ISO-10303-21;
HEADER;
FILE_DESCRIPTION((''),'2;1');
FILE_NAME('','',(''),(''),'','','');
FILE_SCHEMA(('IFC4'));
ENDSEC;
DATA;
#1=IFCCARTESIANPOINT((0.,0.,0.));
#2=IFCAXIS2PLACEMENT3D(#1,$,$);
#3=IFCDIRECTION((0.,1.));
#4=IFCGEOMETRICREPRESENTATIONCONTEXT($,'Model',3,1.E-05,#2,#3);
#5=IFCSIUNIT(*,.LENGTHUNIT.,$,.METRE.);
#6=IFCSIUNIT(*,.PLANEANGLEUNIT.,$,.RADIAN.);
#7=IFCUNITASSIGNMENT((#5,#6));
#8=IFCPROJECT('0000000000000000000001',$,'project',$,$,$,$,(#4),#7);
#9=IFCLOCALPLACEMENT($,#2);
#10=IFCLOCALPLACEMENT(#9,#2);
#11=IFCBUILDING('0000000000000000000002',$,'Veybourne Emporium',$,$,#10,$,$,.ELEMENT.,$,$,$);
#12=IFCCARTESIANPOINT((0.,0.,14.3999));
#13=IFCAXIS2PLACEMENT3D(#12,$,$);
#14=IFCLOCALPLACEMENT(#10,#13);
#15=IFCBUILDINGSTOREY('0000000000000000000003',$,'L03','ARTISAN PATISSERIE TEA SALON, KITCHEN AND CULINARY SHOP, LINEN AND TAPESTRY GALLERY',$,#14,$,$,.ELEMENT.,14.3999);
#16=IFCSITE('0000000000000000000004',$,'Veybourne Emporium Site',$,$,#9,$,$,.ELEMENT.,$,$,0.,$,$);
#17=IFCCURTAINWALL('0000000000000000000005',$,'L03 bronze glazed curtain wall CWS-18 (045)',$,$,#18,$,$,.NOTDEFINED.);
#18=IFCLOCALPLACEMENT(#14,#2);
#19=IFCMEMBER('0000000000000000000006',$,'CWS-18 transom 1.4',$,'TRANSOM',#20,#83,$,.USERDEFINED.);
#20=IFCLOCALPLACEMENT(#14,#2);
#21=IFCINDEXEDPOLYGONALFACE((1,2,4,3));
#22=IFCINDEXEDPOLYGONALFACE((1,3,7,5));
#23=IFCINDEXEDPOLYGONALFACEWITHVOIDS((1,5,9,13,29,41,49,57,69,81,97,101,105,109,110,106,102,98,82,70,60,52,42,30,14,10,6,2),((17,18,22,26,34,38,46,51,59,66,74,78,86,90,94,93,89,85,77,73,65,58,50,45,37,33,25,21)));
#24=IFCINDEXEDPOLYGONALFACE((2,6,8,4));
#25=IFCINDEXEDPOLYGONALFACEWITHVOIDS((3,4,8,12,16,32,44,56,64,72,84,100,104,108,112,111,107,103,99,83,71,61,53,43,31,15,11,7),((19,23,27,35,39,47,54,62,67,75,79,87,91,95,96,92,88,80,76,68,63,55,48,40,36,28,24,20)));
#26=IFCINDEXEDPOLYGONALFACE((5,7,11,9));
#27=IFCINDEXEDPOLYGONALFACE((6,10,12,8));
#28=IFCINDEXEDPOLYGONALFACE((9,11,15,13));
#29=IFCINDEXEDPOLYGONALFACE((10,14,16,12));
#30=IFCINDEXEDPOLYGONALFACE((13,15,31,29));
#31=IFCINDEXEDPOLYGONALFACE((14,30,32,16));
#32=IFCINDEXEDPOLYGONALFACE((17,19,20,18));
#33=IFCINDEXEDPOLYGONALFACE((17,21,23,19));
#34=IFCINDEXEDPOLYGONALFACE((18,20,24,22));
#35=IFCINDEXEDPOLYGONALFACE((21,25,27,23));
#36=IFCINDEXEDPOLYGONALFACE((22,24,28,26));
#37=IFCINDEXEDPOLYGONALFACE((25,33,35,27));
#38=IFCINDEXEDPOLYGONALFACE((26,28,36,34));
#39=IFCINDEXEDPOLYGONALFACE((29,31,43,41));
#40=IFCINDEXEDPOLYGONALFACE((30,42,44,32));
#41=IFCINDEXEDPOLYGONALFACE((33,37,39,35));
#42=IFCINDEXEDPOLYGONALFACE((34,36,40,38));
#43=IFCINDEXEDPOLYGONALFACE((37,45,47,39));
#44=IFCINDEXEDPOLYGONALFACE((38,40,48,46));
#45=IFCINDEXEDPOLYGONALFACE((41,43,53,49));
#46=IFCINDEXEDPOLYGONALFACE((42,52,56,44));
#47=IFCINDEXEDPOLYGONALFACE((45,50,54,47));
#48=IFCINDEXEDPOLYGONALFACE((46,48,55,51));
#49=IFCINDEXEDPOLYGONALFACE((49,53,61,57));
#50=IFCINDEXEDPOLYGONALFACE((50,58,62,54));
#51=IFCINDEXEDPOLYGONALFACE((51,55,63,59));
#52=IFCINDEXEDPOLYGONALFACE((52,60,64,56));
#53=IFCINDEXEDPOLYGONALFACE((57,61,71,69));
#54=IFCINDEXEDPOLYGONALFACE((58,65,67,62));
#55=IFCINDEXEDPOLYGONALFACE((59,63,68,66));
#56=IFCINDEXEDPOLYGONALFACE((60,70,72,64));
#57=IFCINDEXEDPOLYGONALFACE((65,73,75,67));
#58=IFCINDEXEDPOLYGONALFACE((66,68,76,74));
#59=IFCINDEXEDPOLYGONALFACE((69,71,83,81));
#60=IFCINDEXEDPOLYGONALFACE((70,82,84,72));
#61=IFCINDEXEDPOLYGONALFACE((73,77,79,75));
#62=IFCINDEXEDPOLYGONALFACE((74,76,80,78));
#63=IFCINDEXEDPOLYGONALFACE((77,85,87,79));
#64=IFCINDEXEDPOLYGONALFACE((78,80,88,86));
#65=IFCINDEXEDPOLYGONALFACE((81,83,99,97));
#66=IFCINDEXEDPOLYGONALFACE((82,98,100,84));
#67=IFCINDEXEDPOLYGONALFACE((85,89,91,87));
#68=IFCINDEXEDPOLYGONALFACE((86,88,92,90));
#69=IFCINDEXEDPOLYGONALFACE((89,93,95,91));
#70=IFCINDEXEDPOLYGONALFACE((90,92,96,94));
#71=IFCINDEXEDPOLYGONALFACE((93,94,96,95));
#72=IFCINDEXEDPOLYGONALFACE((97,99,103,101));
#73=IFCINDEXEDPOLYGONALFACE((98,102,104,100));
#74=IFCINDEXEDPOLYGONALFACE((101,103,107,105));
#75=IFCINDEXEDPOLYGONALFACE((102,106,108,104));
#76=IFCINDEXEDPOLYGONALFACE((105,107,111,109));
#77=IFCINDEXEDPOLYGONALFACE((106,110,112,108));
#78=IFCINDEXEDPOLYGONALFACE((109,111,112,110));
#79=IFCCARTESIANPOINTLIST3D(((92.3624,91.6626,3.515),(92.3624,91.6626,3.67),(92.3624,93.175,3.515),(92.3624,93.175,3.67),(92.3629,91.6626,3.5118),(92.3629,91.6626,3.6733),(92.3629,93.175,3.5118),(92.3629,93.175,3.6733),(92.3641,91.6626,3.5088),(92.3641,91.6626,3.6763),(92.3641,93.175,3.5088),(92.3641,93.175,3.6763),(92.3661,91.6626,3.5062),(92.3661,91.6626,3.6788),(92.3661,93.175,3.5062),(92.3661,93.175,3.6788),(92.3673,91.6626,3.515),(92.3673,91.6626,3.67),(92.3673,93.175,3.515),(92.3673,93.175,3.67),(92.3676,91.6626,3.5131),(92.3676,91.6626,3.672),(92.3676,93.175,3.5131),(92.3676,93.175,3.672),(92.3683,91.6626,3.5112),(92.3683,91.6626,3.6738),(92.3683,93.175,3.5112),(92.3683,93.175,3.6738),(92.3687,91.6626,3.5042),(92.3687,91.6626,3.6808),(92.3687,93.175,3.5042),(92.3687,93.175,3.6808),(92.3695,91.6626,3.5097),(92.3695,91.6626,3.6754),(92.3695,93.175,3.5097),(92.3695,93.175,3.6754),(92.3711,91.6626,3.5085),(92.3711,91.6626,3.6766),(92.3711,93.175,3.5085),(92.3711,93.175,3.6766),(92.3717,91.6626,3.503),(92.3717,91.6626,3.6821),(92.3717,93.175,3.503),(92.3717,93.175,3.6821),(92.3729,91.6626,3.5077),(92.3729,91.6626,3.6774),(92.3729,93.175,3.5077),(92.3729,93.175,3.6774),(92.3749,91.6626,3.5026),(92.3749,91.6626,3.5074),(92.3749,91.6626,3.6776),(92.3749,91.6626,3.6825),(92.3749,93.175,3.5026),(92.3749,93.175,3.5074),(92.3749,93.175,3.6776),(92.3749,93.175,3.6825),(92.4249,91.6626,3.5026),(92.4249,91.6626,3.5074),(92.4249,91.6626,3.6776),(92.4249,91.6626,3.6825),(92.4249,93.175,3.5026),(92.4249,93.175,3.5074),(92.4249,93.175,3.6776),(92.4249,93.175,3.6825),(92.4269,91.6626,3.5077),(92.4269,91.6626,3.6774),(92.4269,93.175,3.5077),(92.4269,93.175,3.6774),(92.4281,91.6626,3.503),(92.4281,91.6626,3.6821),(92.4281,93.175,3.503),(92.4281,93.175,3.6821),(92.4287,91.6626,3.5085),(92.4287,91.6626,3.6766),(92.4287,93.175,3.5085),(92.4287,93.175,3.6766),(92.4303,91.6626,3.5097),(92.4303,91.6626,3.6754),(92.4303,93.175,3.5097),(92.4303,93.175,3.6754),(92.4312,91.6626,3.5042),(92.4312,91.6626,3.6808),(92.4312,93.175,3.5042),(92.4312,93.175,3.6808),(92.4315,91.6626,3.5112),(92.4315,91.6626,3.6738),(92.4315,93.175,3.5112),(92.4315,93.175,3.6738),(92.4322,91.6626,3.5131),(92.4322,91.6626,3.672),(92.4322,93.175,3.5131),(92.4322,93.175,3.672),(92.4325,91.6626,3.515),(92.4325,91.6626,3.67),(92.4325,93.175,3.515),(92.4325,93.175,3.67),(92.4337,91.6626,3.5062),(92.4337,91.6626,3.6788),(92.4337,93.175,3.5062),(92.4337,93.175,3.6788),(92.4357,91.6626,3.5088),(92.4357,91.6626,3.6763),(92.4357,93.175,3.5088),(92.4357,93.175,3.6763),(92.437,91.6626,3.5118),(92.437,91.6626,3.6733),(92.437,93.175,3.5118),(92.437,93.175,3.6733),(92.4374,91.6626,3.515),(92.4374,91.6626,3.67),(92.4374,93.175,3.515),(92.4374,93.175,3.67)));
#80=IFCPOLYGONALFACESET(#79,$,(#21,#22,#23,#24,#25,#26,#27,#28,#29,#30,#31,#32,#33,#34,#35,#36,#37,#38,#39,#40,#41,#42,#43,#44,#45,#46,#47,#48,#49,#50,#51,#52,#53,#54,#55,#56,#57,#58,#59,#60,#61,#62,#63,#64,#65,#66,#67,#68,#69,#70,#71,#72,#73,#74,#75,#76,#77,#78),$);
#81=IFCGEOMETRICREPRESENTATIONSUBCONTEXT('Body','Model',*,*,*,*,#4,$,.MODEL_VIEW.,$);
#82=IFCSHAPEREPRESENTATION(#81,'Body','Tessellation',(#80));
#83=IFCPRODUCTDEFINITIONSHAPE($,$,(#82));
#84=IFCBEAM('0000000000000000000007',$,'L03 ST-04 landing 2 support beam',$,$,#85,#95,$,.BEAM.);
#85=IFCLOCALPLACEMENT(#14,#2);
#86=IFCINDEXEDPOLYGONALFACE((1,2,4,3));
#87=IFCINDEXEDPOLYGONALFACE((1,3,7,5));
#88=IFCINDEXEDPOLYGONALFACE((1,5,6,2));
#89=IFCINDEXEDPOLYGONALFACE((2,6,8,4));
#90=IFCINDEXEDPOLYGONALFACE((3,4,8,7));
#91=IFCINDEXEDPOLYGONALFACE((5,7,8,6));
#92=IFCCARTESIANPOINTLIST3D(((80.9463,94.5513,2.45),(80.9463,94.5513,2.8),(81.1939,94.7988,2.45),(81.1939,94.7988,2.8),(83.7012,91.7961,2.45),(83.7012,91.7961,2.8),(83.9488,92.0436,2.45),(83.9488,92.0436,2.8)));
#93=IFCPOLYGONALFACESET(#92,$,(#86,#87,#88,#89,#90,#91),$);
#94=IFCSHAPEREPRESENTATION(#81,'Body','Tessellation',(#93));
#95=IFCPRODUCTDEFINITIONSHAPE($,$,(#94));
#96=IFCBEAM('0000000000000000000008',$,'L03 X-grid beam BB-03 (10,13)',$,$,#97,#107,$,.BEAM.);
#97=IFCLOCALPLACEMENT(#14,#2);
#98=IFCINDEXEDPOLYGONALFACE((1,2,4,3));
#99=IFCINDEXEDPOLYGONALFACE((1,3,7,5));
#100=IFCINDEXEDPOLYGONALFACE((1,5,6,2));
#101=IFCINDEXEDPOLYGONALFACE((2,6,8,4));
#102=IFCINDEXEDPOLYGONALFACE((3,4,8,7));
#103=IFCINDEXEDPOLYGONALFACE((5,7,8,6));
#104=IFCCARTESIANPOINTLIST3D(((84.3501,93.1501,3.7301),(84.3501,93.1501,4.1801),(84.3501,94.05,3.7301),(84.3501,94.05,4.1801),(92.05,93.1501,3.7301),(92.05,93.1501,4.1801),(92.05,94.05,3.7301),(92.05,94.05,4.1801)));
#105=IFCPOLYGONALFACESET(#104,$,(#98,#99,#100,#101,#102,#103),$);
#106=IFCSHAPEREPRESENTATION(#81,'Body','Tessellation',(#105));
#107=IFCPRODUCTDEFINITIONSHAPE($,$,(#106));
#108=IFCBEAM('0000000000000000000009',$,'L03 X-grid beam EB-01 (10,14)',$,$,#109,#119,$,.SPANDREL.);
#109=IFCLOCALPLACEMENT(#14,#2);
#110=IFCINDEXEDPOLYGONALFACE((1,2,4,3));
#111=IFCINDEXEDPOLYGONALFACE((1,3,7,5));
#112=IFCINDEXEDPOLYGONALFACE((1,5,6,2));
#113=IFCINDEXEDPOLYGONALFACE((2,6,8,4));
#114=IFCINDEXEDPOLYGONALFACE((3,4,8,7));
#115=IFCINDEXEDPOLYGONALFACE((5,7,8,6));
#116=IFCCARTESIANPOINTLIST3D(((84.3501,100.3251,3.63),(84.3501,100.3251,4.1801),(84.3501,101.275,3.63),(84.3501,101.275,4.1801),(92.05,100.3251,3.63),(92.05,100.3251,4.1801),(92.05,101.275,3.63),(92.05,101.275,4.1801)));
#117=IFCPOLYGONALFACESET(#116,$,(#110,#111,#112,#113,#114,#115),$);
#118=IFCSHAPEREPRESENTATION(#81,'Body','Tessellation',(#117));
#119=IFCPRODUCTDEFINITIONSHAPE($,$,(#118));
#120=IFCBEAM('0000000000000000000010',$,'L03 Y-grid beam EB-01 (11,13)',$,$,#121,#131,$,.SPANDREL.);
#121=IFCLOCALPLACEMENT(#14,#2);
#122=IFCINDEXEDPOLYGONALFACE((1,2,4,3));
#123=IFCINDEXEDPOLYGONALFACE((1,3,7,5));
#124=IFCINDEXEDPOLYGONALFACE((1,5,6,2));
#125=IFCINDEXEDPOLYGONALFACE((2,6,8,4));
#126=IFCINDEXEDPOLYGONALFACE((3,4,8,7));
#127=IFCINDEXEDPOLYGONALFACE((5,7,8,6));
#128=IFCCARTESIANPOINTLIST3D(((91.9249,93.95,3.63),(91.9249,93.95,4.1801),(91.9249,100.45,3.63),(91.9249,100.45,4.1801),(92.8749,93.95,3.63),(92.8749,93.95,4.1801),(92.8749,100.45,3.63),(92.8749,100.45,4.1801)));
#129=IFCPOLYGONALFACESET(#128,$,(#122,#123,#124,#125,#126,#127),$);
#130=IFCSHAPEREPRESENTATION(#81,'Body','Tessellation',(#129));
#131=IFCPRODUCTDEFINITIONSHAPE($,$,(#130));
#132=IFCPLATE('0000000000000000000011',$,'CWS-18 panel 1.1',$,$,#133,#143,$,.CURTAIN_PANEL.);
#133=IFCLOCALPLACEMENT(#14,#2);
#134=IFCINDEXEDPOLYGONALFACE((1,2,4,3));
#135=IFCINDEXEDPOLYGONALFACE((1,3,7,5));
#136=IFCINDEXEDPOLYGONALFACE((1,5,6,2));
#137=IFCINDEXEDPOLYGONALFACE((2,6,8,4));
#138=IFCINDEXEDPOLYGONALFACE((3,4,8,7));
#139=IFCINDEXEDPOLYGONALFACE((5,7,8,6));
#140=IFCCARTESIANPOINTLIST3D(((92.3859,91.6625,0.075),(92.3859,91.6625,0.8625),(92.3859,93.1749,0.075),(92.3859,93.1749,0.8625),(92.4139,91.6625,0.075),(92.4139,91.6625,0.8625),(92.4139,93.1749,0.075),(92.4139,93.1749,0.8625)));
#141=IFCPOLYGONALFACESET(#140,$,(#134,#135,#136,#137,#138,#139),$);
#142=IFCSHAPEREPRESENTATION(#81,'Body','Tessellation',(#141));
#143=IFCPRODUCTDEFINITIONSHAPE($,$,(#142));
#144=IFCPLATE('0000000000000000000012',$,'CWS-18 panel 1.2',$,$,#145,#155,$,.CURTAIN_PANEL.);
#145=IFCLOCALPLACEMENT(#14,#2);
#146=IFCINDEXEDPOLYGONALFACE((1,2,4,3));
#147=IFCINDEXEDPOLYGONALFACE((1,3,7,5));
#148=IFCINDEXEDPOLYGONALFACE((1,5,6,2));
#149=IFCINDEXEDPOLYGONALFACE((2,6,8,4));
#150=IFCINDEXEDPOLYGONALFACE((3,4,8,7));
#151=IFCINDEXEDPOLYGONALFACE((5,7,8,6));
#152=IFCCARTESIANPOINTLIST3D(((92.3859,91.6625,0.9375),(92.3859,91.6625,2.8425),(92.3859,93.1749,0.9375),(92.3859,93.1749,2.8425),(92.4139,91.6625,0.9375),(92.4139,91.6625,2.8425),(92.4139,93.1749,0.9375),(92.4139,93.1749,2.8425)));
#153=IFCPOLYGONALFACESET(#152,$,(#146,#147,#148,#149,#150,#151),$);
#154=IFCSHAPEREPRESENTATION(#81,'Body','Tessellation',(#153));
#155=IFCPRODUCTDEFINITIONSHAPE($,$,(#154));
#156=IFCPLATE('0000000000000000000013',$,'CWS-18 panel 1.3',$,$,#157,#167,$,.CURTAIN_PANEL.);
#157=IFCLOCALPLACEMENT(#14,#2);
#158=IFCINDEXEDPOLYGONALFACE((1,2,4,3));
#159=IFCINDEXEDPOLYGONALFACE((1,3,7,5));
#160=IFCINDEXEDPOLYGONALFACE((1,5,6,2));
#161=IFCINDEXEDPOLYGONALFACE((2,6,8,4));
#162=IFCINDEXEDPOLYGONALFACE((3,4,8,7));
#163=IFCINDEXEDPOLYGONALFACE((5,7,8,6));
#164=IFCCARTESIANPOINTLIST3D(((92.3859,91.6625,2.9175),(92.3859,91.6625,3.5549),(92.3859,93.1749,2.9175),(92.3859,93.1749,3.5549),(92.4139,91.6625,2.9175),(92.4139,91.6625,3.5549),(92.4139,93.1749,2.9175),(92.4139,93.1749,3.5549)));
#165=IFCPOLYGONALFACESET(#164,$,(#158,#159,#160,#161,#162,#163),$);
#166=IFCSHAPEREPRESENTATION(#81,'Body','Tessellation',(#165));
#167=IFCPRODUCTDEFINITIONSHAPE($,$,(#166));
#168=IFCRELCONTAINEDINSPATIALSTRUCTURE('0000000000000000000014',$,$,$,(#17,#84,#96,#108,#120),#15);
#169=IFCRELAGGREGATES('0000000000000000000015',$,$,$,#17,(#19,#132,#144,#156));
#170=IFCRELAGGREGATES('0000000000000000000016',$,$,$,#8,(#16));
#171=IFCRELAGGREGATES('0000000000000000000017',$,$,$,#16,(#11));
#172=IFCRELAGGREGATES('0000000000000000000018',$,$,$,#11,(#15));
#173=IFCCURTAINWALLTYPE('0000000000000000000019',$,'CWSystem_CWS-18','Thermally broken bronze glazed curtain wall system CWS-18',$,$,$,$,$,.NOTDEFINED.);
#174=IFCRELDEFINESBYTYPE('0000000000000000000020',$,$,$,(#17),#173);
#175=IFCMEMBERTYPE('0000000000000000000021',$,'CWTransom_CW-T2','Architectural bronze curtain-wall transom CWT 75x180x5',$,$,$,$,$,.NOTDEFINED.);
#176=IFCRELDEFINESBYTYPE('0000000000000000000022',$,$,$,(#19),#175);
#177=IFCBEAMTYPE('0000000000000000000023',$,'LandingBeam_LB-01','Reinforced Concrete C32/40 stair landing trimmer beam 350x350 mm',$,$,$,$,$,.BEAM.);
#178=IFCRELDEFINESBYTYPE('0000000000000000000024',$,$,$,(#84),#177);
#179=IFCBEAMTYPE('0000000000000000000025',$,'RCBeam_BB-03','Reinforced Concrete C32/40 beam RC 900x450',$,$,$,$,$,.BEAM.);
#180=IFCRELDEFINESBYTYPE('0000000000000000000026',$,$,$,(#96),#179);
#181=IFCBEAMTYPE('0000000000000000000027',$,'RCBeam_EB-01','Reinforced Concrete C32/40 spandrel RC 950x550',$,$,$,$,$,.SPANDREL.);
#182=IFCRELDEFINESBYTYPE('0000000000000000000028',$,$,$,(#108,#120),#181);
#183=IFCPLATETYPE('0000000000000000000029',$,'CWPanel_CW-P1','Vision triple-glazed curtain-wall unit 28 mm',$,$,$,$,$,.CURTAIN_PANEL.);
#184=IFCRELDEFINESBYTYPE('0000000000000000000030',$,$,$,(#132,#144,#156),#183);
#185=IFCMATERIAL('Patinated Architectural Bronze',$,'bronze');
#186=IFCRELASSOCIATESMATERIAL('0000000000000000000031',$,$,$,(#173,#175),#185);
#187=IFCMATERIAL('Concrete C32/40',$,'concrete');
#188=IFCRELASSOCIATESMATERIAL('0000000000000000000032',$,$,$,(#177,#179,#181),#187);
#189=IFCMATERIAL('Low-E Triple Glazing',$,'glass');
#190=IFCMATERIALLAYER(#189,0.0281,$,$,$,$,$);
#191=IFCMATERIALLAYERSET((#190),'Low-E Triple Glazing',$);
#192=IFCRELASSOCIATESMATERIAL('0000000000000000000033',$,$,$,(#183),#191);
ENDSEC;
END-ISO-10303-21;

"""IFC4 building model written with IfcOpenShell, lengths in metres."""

from ifc_helpers import new_model, si_unit, direction, frame, origin, origin_2d, place, context, subcontext, project, spatial, rectangle, hollow_rectangle, extrude, material, layer, layer_set, material_profile, profile_set, type_object, element, aggregate, save


model = new_model("IFC4")

# Units and contexts
model_context = context("Model", 3, precision=1e-05, world=origin(), true_north=direction((0.0, 1.0)))
body_context = subcontext(model_context, "Body", "Model", "MODEL_VIEW")
ifc_project = project(units=[si_unit("LENGTHUNIT", "METRE"), si_unit("PLANEANGLEUNIT", "RADIAN")], contexts=[model_context])

# Site, building, storey
site_placement = place(None, origin())
site = spatial("IfcSite", under=ifc_project, at=site_placement, Name="Veybourne Emporium Site", CompositionType="ELEMENT", RefElevation=0.0)
building_placement = place(site_placement, origin())
building = spatial("IfcBuilding", under=site, at=building_placement, Name="Veybourne Emporium", CompositionType="ELEMENT")
storey_placement = place(building_placement, frame((0.0, 0.0, 14.3999)))
storey = spatial("IfcBuildingStorey", under=building, at=storey_placement, Name="L03", Description="ARTISAN PATISSERIE TEA SALON, KITCHEN AND CULINARY SHOP, LINEN AND TAPESTRY GALLERY", CompositionType="ELEMENT", Elevation=14.3999)

# Curtain wall, member
ifc_material_1 = material(Name="Patinated Architectural Bronze", Category="bronze")
curtain_wall_type = type_object("IfcCurtainWallType", Name="CWSystem_CWS-18", Description="Thermally broken bronze glazed curtain wall system CWS-18", PredefinedType="NOTDEFINED", material=ifc_material_1)
curtain_wall_placement = place(storey_placement, origin())
curtain_wall = element("IfcCurtainWall", 1, at=curtain_wall_placement, inside=storey, type_object=curtain_wall_type, Name="L03 bronze glazed curtain wall CWS-18 (045)", PredefinedType="NOTDEFINED")
ifc_material_profile_1 = material_profile(ifc_material_1, hollow_rectangle(XDim=0.075, YDim=0.1799, WallThickness=0.0049, InnerFilletRadius=0.0076, OuterFilletRadius=0.0125, at=origin_2d()), Name="CWT 75x180x5")
ifc_profile_set_1 = profile_set([ifc_material_profile_1], Name="Patinated Architectural Bronze")
member_type_1 = type_object("IfcMemberType", Name="CWTransom_CW-T2", Description="Architectural bronze curtain-wall transom CWT 75x180x5", PredefinedType="NOTDEFINED", material=ifc_profile_set_1)
member_1_placement = place(storey_placement, frame((92.3999, 93.175, 3.5925), z_axis=(0.0, -1.0, 0.0), x_axis=(1.0, 0.0, 0.0)))
member_1 = element("IfcMember", 2, at=member_1_placement, type_object=member_type_1, Name="CWS-18 transom 1.4", ObjectType="TRANSOM", PredefinedType="USERDEFINED", context=body_context, shape_type="SweptSolid", body=[
    extrude(hollow_rectangle(XDim=0.075, YDim=0.1799, WallThickness=0.0049, InnerFilletRadius=0.0076, OuterFilletRadius=0.0125, at=origin_2d()), origin(), (0.0, 0.0, 1.0), 1.5125),
])

# Beams
ifc_material_2 = material(Name="Concrete C32/40", Category="concrete")
ifc_material_profile_2 = material_profile(ifc_material_2, rectangle(XDim=0.3501, YDim=0.3501, at=origin_2d()), Name="RC 350x350")
ifc_profile_set_2 = profile_set([ifc_material_profile_2], Name="Concrete C32/40")
beam_type_1 = type_object("IfcBeamType", Name="LandingBeam_LB-01", Description="Reinforced Concrete C32/40 stair landing trimmer beam 350x350 mm", PredefinedType="BEAM", material=ifc_profile_set_2)
beam_1_placement = place(storey_placement, frame((81.0701, 94.675, 2.625), z_axis=(0.707075, -0.707138, 0.0), x_axis=(0.707138, 0.707075, 0.0)))
element("IfcBeam", 3, at=beam_1_placement, inside=storey, type_object=beam_type_1, Name="L03 ST-04 landing 2 support beam", PredefinedType="BEAM", context=body_context, shape_type="SweptSolid", body=[
    extrude(rectangle(XDim=0.3501, YDim=0.3501, at=origin_2d()), origin(), (0.0, 0.0, 1.0), 3.8962),
])
ifc_material_profile_3 = material_profile(ifc_material_2, rectangle(XDim=0.8999, YDim=0.45, at=origin_2d()), Name="RC 900x450")
ifc_profile_set_3 = profile_set([ifc_material_profile_3], Name="Concrete C32/40")
beam_type_2 = type_object("IfcBeamType", Name="RCBeam_BB-03", Description="Reinforced Concrete C32/40 beam RC 900x450", PredefinedType="BEAM", material=ifc_profile_set_3)
beam_2_placement = place(storey_placement, frame((84.3501, 93.6001, 3.9551), z_axis=(1.0, 0.0, 0.0), x_axis=(0.0, 1.0, 0.0)))
element("IfcBeam", 4, at=beam_2_placement, inside=storey, type_object=beam_type_2, Name="L03 X-grid beam BB-03 (10,13)", PredefinedType="BEAM", context=body_context, shape_type="SweptSolid", body=[
    extrude(rectangle(XDim=0.8999, YDim=0.45, at=origin_2d()), origin(), (0.0, 0.0, 1.0), 7.7),
])
ifc_material_profile_4 = material_profile(ifc_material_2, rectangle(XDim=0.95, YDim=0.55, at=origin_2d()), Name="RC 950x550")
ifc_profile_set_4 = profile_set([ifc_material_profile_4], Name="Concrete C32/40")
beam_type_3 = type_object("IfcBeamType", Name="RCBeam_EB-01", Description="Reinforced Concrete C32/40 spandrel RC 950x550", PredefinedType="SPANDREL", material=ifc_profile_set_4)
beam_3_placement = place(storey_placement, frame((84.3501, 100.8, 3.905), z_axis=(1.0, 0.0, 0.0), x_axis=(0.0, 1.0, 0.0)))
element("IfcBeam", 5, at=beam_3_placement, inside=storey, type_object=beam_type_3, Name="L03 X-grid beam EB-01 (10,14)", PredefinedType="SPANDREL", context=body_context, shape_type="SweptSolid", body=[
    extrude(rectangle(XDim=0.95, YDim=0.55, at=origin_2d()), origin(), (0.0, 0.0, 1.0), 7.7),
])
beam_4_placement = place(storey_placement, frame((92.3999, 93.95, 3.905), z_axis=(0.0, 1.0, 0.0), x_axis=(-1.0, 0.0, 0.0)))
element("IfcBeam", 6, at=beam_4_placement, inside=storey, type_object=beam_type_3, Name="L03 Y-grid beam EB-01 (11,13)", PredefinedType="SPANDREL", context=body_context, shape_type="SweptSolid", body=[
    extrude(rectangle(XDim=0.95, YDim=0.55, at=origin_2d()), origin(), (0.0, 0.0, 1.0), 6.5),
])

# Plates
ifc_material_3 = material(Name="Low-E Triple Glazing", Category="glass")
ifc_layer_1 = layer(ifc_material_3, 0.0281)
ifc_layer_set_1 = layer_set([ifc_layer_1], Name="Low-E Triple Glazing")
plate_type = type_object("IfcPlateType", Name="CWPanel_CW-P1", Description="Vision triple-glazed curtain-wall unit 28 mm", PredefinedType="CURTAIN_PANEL", material=ifc_layer_set_1)
plate_1_placement = place(storey_placement, frame((92.3999, 92.4187, 0.075), z_axis=(0.0, 0.0, 1.0), x_axis=(0.0, -1.0, 0.0)))
plate_1 = element("IfcPlate", 7, at=plate_1_placement, type_object=plate_type, Name="CWS-18 panel 1.1", PredefinedType="CURTAIN_PANEL", context=body_context, shape_type="SweptSolid", body=[
    extrude(rectangle(XDim=1.5125, YDim=0.0281, at=origin_2d()), origin(), (0.0, 0.0, 1.0), 0.7876),
])
plate_2_placement = place(storey_placement, frame((92.3999, 92.4187, 0.9375), z_axis=(0.0, 0.0, 1.0), x_axis=(0.0, -1.0, 0.0)))
plate_2 = element("IfcPlate", 8, at=plate_2_placement, type_object=plate_type, Name="CWS-18 panel 1.2", PredefinedType="CURTAIN_PANEL", context=body_context, shape_type="SweptSolid", body=[
    extrude(rectangle(XDim=1.5125, YDim=0.0281, at=origin_2d()), origin(), (0.0, 0.0, 1.0), 1.905),
])
plate_3_placement = place(storey_placement, frame((92.3999, 92.4187, 2.9175), z_axis=(0.0, 0.0, 1.0), x_axis=(0.0, -1.0, 0.0)))
plate_3 = element("IfcPlate", 9, at=plate_3_placement, type_object=plate_type, Name="CWS-18 panel 1.3", PredefinedType="CURTAIN_PANEL", context=body_context, shape_type="SweptSolid", body=[
    extrude(rectangle(XDim=1.5125, YDim=0.0281, at=origin_2d()), origin(), (0.0, 0.0, 1.0), 0.6375),
])
aggregate(curtain_wall, [member_1, plate_1, plate_2, plate_3])

save(model, "model.ifc")
